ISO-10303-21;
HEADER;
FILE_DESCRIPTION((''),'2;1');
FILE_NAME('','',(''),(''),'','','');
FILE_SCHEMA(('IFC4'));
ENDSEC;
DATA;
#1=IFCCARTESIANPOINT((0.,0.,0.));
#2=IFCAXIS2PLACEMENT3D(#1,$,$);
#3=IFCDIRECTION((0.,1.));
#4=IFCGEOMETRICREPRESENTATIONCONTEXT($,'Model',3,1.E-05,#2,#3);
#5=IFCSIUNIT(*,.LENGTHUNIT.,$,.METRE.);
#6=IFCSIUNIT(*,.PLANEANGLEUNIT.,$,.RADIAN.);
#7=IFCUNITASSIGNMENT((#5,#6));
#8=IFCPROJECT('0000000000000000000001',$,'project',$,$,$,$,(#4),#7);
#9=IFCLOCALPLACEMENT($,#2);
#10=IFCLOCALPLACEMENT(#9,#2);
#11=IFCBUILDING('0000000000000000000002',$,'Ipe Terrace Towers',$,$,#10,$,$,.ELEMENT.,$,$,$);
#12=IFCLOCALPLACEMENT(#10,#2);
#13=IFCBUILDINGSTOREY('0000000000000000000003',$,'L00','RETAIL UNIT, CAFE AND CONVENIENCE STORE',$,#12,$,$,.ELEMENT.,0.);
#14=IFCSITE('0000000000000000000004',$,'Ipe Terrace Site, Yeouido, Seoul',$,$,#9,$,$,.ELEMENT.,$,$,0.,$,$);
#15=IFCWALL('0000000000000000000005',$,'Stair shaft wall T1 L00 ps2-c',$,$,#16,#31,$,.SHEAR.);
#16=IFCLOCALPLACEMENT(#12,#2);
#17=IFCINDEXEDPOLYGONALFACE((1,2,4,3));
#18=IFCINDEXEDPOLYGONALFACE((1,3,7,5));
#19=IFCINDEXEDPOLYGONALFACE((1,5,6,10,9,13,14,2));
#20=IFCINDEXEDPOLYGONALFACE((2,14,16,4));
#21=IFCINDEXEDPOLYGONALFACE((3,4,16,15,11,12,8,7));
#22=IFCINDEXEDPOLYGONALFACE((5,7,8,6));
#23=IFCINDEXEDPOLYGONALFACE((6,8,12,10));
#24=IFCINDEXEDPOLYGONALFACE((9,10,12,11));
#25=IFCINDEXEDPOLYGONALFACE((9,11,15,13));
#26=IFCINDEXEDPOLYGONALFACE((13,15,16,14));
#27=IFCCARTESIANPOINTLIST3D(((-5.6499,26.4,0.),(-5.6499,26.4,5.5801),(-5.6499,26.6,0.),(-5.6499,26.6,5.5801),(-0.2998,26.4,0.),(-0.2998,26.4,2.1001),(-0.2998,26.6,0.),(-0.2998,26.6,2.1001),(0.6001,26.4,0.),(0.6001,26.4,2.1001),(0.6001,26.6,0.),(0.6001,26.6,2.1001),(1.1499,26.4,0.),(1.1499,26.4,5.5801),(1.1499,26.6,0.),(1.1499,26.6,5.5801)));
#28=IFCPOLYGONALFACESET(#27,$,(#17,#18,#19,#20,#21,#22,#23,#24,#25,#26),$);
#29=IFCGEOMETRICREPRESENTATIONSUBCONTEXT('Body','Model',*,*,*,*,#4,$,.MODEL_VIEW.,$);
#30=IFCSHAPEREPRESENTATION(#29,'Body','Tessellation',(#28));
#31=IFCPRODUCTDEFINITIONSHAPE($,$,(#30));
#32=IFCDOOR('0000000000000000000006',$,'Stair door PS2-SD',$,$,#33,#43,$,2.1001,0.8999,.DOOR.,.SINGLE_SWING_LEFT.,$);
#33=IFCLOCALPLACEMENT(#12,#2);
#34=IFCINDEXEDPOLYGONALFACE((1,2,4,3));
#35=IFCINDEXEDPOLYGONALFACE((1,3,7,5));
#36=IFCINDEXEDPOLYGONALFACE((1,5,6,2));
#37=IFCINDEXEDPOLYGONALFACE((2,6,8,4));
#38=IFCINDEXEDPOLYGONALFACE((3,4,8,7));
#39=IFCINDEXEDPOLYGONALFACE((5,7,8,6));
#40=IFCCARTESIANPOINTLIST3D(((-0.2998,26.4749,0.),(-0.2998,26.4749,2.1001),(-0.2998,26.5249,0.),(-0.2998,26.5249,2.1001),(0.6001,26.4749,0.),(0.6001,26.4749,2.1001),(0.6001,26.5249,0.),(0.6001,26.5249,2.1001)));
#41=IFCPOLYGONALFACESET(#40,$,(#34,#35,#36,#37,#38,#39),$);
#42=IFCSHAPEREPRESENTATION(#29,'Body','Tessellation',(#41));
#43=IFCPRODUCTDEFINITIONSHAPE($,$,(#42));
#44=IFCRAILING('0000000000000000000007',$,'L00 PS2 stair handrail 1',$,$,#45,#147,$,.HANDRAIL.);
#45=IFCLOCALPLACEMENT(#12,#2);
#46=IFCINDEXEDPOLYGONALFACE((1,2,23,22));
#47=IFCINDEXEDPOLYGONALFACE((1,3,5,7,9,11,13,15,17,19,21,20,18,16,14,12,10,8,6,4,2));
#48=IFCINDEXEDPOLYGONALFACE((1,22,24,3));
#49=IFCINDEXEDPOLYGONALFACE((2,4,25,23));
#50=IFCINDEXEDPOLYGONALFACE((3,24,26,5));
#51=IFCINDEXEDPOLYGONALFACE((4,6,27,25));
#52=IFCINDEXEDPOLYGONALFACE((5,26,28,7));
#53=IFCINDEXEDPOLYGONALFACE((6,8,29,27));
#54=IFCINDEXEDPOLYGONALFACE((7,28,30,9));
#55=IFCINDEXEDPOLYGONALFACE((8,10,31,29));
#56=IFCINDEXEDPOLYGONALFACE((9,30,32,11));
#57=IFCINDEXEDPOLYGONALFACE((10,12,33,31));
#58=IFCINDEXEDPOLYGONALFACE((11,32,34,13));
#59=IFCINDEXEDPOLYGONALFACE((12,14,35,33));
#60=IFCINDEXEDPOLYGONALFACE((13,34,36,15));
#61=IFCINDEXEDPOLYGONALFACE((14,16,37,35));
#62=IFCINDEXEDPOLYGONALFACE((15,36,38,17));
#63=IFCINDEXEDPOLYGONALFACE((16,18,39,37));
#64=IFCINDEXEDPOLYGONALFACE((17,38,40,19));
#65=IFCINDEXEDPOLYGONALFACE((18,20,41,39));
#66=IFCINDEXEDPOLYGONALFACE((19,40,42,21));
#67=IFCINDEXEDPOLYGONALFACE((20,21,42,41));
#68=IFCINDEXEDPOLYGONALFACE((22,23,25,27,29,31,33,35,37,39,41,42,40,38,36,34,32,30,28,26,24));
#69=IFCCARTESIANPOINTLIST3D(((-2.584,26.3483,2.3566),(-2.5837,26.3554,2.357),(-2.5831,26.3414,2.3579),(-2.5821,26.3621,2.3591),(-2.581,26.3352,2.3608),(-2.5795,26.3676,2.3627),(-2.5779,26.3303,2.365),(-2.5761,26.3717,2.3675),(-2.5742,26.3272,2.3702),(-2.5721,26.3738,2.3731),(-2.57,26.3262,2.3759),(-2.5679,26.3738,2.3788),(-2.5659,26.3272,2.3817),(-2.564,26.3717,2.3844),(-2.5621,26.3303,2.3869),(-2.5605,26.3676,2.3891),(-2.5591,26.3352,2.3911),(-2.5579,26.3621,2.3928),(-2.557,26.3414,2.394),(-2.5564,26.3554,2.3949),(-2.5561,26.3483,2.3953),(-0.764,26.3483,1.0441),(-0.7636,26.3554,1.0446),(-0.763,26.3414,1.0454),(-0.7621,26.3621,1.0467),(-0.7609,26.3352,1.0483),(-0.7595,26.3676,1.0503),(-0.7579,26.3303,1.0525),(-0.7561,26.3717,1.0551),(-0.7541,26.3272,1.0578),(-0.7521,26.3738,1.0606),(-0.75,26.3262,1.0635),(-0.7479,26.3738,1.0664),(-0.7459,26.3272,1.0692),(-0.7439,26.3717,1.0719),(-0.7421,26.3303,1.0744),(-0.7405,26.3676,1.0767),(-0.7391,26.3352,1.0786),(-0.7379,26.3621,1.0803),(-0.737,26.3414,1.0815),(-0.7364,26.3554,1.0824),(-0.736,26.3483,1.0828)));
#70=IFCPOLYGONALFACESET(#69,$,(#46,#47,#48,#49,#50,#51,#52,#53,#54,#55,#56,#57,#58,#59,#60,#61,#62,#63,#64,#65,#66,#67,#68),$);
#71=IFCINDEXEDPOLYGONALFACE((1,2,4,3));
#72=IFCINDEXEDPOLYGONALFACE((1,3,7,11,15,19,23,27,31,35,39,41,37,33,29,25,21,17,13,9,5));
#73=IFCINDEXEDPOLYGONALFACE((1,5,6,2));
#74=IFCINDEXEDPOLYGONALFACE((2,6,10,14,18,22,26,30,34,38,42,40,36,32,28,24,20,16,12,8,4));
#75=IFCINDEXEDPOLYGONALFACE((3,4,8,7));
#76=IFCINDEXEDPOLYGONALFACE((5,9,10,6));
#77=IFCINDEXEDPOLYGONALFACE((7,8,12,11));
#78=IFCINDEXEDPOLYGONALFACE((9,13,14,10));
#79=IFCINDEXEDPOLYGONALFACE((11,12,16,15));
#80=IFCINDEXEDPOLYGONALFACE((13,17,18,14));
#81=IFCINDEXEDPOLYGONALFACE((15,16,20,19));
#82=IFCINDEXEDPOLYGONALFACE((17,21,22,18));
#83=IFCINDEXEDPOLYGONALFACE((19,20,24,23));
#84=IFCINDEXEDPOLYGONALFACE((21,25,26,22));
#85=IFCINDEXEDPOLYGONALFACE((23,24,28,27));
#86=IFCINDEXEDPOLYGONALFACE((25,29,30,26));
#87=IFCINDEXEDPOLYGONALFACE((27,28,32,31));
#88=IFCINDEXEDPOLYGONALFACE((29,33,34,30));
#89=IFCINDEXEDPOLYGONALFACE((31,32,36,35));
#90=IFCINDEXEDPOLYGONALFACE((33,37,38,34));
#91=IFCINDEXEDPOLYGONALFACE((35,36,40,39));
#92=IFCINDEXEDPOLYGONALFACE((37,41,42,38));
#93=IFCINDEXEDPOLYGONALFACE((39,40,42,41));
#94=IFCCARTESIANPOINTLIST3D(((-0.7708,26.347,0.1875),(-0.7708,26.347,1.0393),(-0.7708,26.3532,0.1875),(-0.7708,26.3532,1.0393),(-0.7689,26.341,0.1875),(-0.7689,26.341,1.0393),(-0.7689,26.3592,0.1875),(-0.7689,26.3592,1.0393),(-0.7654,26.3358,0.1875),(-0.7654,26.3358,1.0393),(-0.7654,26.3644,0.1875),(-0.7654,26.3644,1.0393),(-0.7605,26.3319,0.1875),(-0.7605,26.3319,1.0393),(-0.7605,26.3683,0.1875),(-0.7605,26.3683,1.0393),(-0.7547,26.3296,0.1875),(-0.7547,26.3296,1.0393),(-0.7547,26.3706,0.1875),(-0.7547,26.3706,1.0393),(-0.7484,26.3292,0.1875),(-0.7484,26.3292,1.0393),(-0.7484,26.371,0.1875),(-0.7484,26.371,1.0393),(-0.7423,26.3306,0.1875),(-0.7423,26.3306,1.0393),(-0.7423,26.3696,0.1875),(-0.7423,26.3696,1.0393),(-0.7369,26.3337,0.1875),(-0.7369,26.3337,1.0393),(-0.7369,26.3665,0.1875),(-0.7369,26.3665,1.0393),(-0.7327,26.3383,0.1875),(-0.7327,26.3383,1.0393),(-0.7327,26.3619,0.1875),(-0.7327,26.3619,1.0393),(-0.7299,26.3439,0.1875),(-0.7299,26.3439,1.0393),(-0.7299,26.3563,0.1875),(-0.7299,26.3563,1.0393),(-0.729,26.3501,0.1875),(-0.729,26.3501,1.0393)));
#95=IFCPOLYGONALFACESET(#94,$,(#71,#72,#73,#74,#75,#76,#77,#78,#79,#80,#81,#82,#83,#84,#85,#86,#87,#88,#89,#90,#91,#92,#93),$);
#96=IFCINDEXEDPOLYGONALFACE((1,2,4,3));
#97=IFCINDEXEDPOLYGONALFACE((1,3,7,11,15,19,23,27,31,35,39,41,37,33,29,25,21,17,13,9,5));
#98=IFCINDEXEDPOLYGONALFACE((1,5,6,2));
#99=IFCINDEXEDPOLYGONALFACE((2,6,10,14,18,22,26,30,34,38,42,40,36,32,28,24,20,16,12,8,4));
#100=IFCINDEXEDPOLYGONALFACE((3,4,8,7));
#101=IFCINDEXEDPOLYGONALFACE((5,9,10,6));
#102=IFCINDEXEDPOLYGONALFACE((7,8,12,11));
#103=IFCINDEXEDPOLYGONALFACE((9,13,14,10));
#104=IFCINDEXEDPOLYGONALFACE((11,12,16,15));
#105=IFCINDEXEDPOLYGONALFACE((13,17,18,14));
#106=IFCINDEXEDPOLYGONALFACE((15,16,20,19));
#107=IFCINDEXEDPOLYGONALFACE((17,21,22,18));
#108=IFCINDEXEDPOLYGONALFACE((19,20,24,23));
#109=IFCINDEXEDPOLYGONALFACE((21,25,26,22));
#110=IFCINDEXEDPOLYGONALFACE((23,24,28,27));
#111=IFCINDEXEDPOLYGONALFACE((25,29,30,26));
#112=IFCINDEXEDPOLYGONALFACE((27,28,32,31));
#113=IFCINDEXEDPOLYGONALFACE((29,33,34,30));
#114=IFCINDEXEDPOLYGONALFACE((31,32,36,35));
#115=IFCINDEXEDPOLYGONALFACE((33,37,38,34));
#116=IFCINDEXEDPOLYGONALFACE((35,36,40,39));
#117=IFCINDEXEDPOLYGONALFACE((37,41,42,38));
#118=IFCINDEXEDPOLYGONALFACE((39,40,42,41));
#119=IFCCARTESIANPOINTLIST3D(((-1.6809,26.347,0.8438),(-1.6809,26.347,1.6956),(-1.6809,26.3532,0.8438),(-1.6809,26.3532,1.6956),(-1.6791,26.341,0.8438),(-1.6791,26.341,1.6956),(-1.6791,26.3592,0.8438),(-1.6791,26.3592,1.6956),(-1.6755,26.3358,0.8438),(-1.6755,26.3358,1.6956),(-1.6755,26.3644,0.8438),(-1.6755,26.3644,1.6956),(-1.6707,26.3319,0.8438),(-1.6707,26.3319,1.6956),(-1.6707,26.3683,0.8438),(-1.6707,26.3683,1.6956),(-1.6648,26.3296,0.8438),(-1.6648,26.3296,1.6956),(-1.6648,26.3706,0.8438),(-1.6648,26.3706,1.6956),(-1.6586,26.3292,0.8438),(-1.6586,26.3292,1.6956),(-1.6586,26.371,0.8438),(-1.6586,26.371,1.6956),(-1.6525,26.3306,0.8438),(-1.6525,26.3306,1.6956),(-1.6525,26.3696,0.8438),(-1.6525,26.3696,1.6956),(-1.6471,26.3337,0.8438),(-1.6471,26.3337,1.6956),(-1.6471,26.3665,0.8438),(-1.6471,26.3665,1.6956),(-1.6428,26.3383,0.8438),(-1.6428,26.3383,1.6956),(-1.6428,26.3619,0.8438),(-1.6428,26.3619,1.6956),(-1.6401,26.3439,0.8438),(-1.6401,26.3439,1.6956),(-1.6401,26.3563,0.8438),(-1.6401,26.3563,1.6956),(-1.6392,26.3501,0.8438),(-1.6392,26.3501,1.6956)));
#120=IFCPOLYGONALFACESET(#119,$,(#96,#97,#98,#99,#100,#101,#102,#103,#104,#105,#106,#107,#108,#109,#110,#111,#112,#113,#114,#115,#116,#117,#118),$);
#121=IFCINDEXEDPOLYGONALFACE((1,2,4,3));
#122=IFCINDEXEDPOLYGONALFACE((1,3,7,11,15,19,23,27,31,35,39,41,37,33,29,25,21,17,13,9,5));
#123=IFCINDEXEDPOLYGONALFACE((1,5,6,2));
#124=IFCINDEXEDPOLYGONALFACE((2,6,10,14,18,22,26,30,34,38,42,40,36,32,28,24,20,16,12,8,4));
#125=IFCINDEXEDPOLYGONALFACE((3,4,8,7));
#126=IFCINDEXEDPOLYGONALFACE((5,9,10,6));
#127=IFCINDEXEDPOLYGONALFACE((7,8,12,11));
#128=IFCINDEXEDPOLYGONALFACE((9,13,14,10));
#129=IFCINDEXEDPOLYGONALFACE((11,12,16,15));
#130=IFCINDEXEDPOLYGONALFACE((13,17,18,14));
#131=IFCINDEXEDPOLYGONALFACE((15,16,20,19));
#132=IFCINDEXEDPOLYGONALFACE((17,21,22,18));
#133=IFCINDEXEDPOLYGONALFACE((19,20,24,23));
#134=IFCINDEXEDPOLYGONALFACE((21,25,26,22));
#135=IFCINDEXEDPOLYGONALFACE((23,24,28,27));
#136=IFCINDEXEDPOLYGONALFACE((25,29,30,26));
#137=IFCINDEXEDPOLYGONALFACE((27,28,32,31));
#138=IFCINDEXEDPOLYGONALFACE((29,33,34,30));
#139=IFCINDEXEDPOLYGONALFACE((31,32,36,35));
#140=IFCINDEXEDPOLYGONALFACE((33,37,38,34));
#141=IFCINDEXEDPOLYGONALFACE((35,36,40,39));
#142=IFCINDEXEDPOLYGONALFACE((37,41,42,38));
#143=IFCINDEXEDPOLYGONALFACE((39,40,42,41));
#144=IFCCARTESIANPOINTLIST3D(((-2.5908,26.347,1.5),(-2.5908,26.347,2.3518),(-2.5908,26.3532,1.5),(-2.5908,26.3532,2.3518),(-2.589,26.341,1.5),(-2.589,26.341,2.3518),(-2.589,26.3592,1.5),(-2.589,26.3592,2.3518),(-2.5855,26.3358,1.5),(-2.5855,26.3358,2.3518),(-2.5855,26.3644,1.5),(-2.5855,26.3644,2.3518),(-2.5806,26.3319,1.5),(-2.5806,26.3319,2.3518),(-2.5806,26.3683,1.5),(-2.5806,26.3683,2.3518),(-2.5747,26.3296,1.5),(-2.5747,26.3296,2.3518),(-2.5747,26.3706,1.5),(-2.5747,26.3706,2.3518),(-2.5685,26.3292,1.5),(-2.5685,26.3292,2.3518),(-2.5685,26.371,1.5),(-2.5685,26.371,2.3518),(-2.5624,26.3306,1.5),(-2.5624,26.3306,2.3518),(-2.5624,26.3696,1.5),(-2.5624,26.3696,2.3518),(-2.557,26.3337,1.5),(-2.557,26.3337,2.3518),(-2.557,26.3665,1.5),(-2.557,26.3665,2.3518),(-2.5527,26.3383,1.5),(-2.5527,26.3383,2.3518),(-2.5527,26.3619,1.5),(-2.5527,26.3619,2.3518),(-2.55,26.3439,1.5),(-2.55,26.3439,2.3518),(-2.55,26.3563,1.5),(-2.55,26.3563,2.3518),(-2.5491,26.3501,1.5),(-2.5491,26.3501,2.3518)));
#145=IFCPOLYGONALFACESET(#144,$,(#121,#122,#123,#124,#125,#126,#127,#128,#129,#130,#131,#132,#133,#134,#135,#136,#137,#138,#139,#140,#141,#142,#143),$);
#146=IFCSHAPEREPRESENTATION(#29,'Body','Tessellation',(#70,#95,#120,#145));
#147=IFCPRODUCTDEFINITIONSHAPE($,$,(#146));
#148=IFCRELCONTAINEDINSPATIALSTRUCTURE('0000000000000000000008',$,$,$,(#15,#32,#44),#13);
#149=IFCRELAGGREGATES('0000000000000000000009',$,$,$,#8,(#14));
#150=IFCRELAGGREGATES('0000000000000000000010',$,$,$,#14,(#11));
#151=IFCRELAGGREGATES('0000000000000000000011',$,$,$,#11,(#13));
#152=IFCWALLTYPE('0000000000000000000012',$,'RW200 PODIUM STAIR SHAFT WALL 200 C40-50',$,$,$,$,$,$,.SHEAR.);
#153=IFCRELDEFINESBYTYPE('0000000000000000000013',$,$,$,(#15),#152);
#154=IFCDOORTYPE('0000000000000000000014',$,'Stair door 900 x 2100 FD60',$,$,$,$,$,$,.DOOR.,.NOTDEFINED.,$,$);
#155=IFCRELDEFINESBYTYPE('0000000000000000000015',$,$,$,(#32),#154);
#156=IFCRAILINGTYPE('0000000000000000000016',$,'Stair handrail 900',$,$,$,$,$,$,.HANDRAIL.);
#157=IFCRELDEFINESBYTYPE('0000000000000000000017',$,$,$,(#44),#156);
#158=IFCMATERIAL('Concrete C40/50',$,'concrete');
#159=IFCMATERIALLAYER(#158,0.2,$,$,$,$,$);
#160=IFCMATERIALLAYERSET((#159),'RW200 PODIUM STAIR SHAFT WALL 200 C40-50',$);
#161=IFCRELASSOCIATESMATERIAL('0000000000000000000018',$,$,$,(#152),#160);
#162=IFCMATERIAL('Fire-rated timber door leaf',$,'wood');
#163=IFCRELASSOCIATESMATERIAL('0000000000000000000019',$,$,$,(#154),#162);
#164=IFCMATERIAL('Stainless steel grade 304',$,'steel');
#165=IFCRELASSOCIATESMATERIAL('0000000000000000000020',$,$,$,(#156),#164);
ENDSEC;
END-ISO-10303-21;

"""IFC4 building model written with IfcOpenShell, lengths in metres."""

from ifc_helpers import new_model, si_unit, direction, frame, frame_2d, origin, origin_2d, place, context, subcontext, project, spatial, rectangle, circle, extrude, material, layer, layer_set, type_object, element, fill, save


model = new_model("IFC4")

# Units and contexts
model_context = context("Model", 3, precision=1e-05, world=origin(), true_north=direction((0.0, 1.0)))
body_context = subcontext(model_context, "Body", "Model", "MODEL_VIEW")
ifc_project = project(units=[si_unit("LENGTHUNIT", "METRE"), si_unit("PLANEANGLEUNIT", "RADIAN")], contexts=[model_context])

# Site, building, storey
site_placement = place(None, origin())
site = spatial("IfcSite", under=ifc_project, at=site_placement, Name="Ipe Terrace Site, Yeouido, Seoul", CompositionType="ELEMENT", RefElevation=0.0)
building_placement = place(site_placement, origin())
building = spatial("IfcBuilding", under=site, at=building_placement, Name="Ipe Terrace Towers", CompositionType="ELEMENT")
storey_placement = place(building_placement, origin())
storey = spatial("IfcBuildingStorey", under=building, at=storey_placement, Name="L00", Description="RETAIL UNIT, CAFE AND CONVENIENCE STORE", CompositionType="ELEMENT", Elevation=0.0)

# Wall, opening, door
ifc_material_1 = material(Name="Concrete C40/50", Category="concrete")
ifc_layer_1 = layer(ifc_material_1, 0.2)
ifc_layer_set_1 = layer_set([ifc_layer_1], Name="RW200 PODIUM STAIR SHAFT WALL 200 C40-50")
wall_type_1 = type_object("IfcWallType", Name="RW200 PODIUM STAIR SHAFT WALL 200 C40-50", PredefinedType="SHEAR", material=ifc_layer_set_1)
wall_1_placement = place(storey_placement, frame((-5.6499, 26.5, 0.0), z_axis=(0.0, 0.0, 1.0), x_axis=(1.0, 0.0, 0.0)))
wall_1 = element("IfcWall", 1, at=wall_1_placement, inside=storey, type_object=wall_type_1, Name="Stair shaft wall T1 L00 ps2-c", PredefinedType="SHEAR", context=body_context, shape_type="SweptSolid", body=[
    extrude(rectangle(XDim=6.7998, YDim=0.2, at=frame_2d((3.3999, 0.0))), origin(), (0.0, 0.0, 1.0), 5.5801),
])
opening_1_placement = place(wall_1_placement, frame((5.3501, 0.0, 0.0)))
opening_1 = element("IfcOpeningElement", 2, at=opening_1_placement, cuts=wall_1, PredefinedType="OPENING", context=body_context, shape_type="SweptSolid", body=[
    extrude(rectangle(XDim=0.8999, YDim=2.1001, at=frame_2d((0.45, 1.05))), frame((0.0, 0.1099, 0.0), z_axis=(0.0, -1.0, 0.0), x_axis=(1.0, 0.0, 0.0)), (0.0, 0.0, 1.0), 0.22),
])
ifc_material_2 = material(Name="Fire-rated timber door leaf", Category="wood")
door_type_1 = type_object("IfcDoorType", Name="Stair door 900 x 2100 FD60", OperationType="NOTDEFINED", PredefinedType="DOOR", material=ifc_material_2)
door_1_placement = place(opening_1_placement, origin())
door_1 = element("IfcDoor", 3, at=door_1_placement, inside=storey, type_object=door_type_1, Name="Stair door PS2-SD", OperationType="SINGLE_SWING_LEFT", OverallHeight=2.1001, OverallWidth=0.8999, PredefinedType="DOOR", context=body_context, shape_type="SweptSolid", body=[
    extrude(rectangle(XDim=0.8999, YDim=2.1001, at=frame_2d((0.45, 1.05))), frame((0.0, 0.0249, 0.0), z_axis=(0.0, -1.0, 0.0), x_axis=(1.0, 0.0, 0.0)), (0.0, 0.0, 1.0), 0.05),
])
fill(opening_1, door_1)

# Railing
ifc_material_3 = material(Name="Stainless steel grade 304", Category="steel")
railing_type = type_object("IfcRailingType", Name="Stair handrail 900", PredefinedType="HANDRAIL", material=ifc_material_3)
for number, where, name in (
    (4, (-0.75, 26.3501, 0.1875), "L00 PS2 stair handrail 1"),
):
    element("IfcRailing", number, at=place(storey_placement, frame(where)), inside=storey, type_object=railing_type, Name=name, PredefinedType="HANDRAIL", context=body_context, shape_type="SweptSolid", body=[
        extrude(circle(Radius=0.0239, at=origin_2d()), frame((0.0, 0.0, 0.876), z_axis=(-0.811101, 0.0, 0.584906), x_axis=(0.0, -1.0, 0.0)), (0.0, 0.0, 1.0), 2.2439),
        extrude(circle(Radius=0.021, at=origin_2d()), origin(), (0.0, 0.0, 1.0), 0.8518),
        extrude(circle(Radius=0.021, at=origin_2d()), frame((-0.9102, 0.0, 0.6562)), (0.0, 0.0, 1.0), 0.8518),
        extrude(circle(Radius=0.021, at=origin_2d()), frame((-1.8201, 0.0, 1.3125)), (0.0, 0.0, 1.0), 0.8518),
    ])

save(model, "model.ifc")
